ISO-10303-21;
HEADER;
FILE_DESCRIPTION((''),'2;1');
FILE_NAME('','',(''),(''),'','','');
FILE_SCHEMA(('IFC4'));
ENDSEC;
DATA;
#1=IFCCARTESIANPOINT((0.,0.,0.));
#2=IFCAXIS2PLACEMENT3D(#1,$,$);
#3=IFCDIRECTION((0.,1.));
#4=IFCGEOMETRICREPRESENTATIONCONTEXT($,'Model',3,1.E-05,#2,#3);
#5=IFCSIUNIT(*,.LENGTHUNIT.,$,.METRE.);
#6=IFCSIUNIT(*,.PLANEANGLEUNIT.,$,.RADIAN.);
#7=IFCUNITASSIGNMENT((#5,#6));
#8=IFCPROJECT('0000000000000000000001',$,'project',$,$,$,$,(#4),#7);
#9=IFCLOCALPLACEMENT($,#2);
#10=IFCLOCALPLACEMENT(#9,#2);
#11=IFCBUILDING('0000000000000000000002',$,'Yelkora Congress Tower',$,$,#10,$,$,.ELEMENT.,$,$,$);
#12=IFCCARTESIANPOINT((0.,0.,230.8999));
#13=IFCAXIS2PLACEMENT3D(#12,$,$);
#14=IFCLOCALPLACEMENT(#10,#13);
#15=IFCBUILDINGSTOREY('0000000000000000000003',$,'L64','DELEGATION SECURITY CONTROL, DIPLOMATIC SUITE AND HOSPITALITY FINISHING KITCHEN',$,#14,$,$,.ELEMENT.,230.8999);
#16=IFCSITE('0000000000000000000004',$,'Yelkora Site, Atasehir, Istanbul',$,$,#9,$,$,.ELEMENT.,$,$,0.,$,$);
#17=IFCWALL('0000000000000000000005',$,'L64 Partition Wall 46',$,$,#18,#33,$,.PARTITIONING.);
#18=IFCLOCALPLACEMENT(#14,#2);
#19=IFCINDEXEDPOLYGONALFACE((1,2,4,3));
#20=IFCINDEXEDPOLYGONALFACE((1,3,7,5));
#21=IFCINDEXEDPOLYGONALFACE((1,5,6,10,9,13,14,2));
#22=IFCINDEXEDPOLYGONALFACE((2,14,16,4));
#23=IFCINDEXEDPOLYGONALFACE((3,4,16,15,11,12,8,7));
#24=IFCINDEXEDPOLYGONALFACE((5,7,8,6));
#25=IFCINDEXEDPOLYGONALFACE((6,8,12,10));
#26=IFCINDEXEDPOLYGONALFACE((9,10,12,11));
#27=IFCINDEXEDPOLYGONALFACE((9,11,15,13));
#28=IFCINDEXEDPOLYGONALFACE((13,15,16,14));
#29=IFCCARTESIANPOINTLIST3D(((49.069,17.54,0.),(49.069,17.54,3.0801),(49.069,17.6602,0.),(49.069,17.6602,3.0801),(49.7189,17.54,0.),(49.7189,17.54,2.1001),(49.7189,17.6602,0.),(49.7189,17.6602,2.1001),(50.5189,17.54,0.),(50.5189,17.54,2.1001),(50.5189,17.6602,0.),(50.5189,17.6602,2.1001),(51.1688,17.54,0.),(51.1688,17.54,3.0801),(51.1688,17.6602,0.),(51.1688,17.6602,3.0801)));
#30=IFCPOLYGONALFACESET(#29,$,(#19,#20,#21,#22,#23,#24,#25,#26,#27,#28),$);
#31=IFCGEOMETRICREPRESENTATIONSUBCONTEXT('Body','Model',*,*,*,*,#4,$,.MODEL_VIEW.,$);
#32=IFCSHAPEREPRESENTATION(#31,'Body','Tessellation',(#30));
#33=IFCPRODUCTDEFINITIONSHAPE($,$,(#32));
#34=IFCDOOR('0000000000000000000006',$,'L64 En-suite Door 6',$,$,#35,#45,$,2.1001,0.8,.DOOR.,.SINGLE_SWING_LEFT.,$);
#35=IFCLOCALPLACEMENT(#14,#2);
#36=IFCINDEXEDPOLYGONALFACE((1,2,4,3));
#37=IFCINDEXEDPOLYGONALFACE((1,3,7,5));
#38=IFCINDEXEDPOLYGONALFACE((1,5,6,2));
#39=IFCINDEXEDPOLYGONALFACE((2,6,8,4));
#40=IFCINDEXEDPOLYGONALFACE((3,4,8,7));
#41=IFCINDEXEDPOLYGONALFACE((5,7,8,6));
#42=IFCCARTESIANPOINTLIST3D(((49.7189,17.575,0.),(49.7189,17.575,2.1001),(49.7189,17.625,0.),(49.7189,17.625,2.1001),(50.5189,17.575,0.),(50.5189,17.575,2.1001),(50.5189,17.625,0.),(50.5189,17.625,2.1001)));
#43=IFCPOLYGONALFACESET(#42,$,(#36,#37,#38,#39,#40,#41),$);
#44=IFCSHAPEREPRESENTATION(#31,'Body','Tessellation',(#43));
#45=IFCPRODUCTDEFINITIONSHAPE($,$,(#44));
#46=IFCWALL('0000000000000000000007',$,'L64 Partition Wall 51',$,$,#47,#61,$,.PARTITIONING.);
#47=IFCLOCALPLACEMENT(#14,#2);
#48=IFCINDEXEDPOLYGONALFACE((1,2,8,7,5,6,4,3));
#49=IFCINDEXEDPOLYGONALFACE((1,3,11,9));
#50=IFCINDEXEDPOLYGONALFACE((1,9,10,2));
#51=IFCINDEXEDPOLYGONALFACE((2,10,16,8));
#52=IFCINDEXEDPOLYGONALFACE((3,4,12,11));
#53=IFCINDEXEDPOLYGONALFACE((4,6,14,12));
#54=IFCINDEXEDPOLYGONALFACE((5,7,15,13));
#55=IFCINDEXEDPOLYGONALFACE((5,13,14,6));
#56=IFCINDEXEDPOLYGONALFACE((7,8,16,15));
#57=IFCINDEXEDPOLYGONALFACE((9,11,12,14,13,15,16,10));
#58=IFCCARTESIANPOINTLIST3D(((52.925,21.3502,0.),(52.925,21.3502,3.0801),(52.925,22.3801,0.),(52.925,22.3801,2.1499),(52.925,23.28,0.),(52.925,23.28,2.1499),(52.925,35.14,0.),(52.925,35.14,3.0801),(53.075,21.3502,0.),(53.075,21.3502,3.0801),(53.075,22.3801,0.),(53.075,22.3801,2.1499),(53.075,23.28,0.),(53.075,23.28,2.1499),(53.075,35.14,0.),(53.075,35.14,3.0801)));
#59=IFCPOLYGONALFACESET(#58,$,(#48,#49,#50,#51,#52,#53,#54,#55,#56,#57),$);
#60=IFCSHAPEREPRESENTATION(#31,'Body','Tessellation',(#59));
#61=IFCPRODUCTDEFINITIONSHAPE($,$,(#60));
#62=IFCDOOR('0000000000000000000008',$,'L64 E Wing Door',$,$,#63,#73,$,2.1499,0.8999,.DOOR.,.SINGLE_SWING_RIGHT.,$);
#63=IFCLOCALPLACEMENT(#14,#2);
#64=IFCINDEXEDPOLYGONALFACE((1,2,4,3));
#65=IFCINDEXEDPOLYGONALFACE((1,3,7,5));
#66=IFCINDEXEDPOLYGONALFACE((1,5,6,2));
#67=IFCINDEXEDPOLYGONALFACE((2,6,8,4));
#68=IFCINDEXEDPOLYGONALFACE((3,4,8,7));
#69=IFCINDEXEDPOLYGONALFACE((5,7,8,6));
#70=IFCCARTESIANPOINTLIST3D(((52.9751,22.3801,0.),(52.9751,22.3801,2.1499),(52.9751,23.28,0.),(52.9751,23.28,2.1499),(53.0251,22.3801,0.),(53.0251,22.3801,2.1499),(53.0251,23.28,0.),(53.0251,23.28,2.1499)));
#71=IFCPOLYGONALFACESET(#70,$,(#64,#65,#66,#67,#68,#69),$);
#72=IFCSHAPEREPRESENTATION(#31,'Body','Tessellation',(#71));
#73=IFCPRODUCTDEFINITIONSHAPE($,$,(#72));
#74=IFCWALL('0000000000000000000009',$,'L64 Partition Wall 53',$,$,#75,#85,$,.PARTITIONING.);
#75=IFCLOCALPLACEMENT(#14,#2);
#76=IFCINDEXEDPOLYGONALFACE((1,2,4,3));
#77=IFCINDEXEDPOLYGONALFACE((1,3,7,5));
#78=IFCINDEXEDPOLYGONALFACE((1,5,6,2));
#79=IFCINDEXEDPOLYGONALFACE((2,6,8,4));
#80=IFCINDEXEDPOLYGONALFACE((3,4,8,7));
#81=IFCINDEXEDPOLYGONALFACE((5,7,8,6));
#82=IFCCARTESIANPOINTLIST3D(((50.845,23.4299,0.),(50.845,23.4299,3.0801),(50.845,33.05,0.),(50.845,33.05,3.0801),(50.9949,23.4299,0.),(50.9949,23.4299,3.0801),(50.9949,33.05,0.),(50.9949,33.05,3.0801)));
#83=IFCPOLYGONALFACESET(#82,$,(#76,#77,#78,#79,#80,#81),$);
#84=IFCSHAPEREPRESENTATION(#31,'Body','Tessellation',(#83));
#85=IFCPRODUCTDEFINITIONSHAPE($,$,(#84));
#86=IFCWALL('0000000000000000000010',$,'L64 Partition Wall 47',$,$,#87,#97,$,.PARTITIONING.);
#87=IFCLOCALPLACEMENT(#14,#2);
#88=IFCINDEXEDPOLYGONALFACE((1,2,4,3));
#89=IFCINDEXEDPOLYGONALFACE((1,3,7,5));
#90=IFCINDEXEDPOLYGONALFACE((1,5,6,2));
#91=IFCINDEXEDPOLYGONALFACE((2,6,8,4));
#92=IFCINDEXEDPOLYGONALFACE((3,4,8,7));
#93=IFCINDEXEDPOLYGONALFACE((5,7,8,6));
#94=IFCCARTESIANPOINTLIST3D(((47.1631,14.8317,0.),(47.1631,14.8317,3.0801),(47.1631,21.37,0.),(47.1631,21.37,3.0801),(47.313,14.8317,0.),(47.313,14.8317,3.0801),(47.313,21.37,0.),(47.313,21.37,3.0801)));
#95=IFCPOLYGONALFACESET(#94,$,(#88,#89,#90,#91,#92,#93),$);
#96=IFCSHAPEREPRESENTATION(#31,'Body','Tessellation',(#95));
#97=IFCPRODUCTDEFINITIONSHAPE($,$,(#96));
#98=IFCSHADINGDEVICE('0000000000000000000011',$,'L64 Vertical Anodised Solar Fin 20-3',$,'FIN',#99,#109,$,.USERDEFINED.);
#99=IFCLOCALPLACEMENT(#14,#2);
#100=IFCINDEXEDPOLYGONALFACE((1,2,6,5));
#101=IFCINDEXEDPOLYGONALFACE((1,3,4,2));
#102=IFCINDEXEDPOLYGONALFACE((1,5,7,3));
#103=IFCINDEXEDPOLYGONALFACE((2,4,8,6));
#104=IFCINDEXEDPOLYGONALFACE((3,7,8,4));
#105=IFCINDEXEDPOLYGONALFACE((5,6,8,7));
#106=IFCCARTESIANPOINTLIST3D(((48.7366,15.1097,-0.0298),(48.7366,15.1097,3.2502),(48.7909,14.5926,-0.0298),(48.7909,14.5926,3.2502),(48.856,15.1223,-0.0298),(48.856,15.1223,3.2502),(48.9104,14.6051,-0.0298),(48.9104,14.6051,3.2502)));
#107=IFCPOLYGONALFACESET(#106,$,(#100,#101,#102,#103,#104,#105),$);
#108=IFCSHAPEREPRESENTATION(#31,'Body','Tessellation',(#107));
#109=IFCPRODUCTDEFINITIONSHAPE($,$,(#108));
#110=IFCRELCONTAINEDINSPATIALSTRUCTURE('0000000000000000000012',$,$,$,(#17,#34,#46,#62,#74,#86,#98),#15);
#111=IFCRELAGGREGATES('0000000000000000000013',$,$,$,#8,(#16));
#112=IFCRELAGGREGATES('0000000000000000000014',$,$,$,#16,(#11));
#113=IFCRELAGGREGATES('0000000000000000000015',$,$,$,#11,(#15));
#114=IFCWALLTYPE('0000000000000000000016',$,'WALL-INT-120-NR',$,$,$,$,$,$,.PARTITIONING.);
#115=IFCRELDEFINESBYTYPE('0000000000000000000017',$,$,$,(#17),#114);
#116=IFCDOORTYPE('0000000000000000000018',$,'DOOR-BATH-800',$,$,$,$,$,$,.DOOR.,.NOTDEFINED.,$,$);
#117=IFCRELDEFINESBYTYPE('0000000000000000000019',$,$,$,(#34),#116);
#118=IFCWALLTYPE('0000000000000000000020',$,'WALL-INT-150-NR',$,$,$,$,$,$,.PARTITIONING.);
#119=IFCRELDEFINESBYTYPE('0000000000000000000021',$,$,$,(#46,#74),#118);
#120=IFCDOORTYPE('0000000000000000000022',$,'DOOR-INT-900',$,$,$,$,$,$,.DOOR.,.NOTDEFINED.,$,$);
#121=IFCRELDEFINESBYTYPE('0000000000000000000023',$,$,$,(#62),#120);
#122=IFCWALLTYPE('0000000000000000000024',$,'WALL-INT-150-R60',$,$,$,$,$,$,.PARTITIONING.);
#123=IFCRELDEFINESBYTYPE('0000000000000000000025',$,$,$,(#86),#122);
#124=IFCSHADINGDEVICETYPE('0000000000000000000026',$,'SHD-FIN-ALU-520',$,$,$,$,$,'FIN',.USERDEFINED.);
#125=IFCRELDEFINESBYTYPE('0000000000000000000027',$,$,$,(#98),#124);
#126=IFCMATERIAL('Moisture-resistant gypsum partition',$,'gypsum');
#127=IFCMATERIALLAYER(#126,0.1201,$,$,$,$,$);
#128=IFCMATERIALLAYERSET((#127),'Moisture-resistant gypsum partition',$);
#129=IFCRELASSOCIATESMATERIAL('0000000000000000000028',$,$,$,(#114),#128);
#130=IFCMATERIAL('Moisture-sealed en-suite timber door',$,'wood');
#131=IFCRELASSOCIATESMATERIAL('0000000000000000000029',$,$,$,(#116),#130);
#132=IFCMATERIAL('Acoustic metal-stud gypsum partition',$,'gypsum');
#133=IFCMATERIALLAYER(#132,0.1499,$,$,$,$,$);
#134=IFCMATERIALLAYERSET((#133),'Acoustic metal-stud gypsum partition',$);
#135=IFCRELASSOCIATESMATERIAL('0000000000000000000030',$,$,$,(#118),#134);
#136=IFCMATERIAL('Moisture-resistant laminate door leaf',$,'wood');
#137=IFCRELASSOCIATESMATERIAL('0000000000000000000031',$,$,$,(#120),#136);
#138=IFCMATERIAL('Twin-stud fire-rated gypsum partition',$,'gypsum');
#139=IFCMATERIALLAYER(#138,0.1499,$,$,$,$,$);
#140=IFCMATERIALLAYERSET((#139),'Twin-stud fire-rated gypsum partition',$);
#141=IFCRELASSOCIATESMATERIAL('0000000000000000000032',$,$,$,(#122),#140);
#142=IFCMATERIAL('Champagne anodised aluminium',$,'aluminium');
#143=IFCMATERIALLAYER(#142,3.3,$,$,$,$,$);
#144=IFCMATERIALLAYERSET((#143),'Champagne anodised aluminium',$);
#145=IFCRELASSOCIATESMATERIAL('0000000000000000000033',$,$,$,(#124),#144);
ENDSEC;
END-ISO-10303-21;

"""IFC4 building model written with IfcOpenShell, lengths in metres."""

from ifc_helpers import new_model, si_unit, direction, frame, frame_2d, origin, origin_2d, place, context, subcontext, project, spatial, rectangle, extrude, material, layer, layer_set, type_object, element, fill, save


model = new_model("IFC4")

# Units and contexts
model_context = context("Model", 3, precision=1e-05, world=origin(), true_north=direction((0.0, 1.0)))
body_context = subcontext(model_context, "Body", "Model", "MODEL_VIEW")
ifc_project = project(units=[si_unit("LENGTHUNIT", "METRE"), si_unit("PLANEANGLEUNIT", "RADIAN")], contexts=[model_context])

# Site, building, storey
site_placement = place(None, origin())
site = spatial("IfcSite", under=ifc_project, at=site_placement, Name="Yelkora Site, Atasehir, Istanbul", CompositionType="ELEMENT", RefElevation=0.0)
building_placement = place(site_placement, origin())
building = spatial("IfcBuilding", under=site, at=building_placement, Name="Yelkora Congress Tower", CompositionType="ELEMENT")
storey_placement = place(building_placement, frame((0.0, 0.0, 230.8999)))
storey = spatial("IfcBuildingStorey", under=building, at=storey_placement, Name="L64", Description="DELEGATION SECURITY CONTROL, DIPLOMATIC SUITE AND HOSPITALITY FINISHING KITCHEN", CompositionType="ELEMENT", Elevation=230.8999)

# Shared definitions
ifc_material_1 = material(Name="Moisture-resistant gypsum partition", Category="gypsum")
ifc_layer_1 = layer(ifc_material_1, 0.1201)
ifc_layer_set_1 = layer_set([ifc_layer_1], Name="Moisture-resistant gypsum partition")
wall_type_1 = type_object("IfcWallType", Name="WALL-INT-120-NR", PredefinedType="PARTITIONING", material=ifc_layer_set_1)

# Walls, openings, doors
wall_1_placement = place(storey_placement, frame((49.0691, 17.6001, 0.0), z_axis=(0.0, 0.0, 1.0), x_axis=(1.0, 0.0, 0.0)))
wall_1 = element("IfcWall", 1, at=wall_1_placement, inside=storey, type_object=wall_type_1, Name="L64 Partition Wall 46", PredefinedType="PARTITIONING", context=body_context, shape_type="SweptSolid", body=[
    extrude(rectangle(XDim=2.0999, YDim=0.1201, at=frame_2d((1.0498, 0.0))), origin(), (0.0, 0.0, 1.0), 3.0801),
])
opening_1_placement = place(wall_1_placement, frame((0.6499, 0.0, 0.0)))
opening_1 = element("IfcOpeningElement", 2, at=opening_1_placement, cuts=wall_1, PredefinedType="OPENING", context=body_context, shape_type="SweptSolid", body=[
    extrude(rectangle(XDim=0.8, YDim=2.1001, at=frame_2d((0.3999, 1.05))), frame((0.0, 0.0701, 0.0), z_axis=(0.0, -1.0, 0.0), x_axis=(1.0, 0.0, 0.0)), (0.0, 0.0, 1.0), 0.1401),
])
ifc_material_2 = material(Name="Moisture-sealed en-suite timber door", Category="wood")
door_type_1 = type_object("IfcDoorType", Name="DOOR-BATH-800", OperationType="NOTDEFINED", PredefinedType="DOOR", material=ifc_material_2)
door_1_placement = place(opening_1_placement, origin())
door_1 = element("IfcDoor", 3, at=door_1_placement, inside=storey, type_object=door_type_1, Name="L64 En-suite Door 6", OperationType="SINGLE_SWING_LEFT", OverallHeight=2.1001, OverallWidth=0.8, PredefinedType="DOOR", context=body_context, shape_type="SweptSolid", body=[
    extrude(rectangle(XDim=0.8, YDim=2.1001, at=frame_2d((0.3999, 1.05))), frame((0.0, 0.0249, 0.0), z_axis=(0.0, -1.0, 0.0), x_axis=(1.0, 0.0, 0.0)), (0.0, 0.0, 1.0), 0.05),
])
fill(opening_1, door_1)
ifc_material_3 = material(Name="Acoustic metal-stud gypsum partition", Category="gypsum")
ifc_layer_2 = layer(ifc_material_3, 0.1499)
ifc_layer_set_2 = layer_set([ifc_layer_2], Name="Acoustic metal-stud gypsum partition")
wall_type_2 = type_object("IfcWallType", Name="WALL-INT-150-NR", PredefinedType="PARTITIONING", material=ifc_layer_set_2)
wall_2_placement = place(storey_placement, frame((53.0, 21.3501, 0.0), z_axis=(0.0, 0.0, 1.0), x_axis=(0.0, 1.0, 0.0)))
wall_2 = element("IfcWall", 4, at=wall_2_placement, inside=storey, type_object=wall_type_2, Name="L64 Partition Wall 51", PredefinedType="PARTITIONING", context=body_context, shape_type="SweptSolid", body=[
    extrude(rectangle(XDim=13.7898, YDim=0.1499, at=frame_2d((6.895, 0.0))), origin(), (0.0, 0.0, 1.0), 3.0801),
])
opening_2_placement = place(wall_2_placement, frame((1.03, 0.0, 0.0)))
opening_2 = element("IfcOpeningElement", 5, at=opening_2_placement, cuts=wall_2, PredefinedType="OPENING", context=body_context, shape_type="SweptSolid", body=[
    extrude(rectangle(XDim=0.8999, YDim=2.1499, at=frame_2d((0.45, 1.075))), frame((0.0, 0.085, 0.0), z_axis=(0.0, -1.0, 0.0), x_axis=(1.0, 0.0, 0.0)), (0.0, 0.0, 1.0), 0.1699),
])
ifc_material_4 = material(Name="Moisture-resistant laminate door leaf", Category="wood")
door_type_2 = type_object("IfcDoorType", Name="DOOR-INT-900", OperationType="NOTDEFINED", PredefinedType="DOOR", material=ifc_material_4)
door_2_placement = place(opening_2_placement, origin())
door_2 = element("IfcDoor", 6, at=door_2_placement, inside=storey, type_object=door_type_2, Name="L64 E Wing Door", OperationType="SINGLE_SWING_RIGHT", OverallHeight=2.1499, OverallWidth=0.8999, PredefinedType="DOOR", context=body_context, shape_type="SweptSolid", body=[
    extrude(rectangle(XDim=0.8999, YDim=2.1499, at=frame_2d((0.45, 1.075))), frame((0.0, 0.0249, 0.0), z_axis=(0.0, -1.0, 0.0), x_axis=(1.0, 0.0, 0.0)), (0.0, 0.0, 1.0), 0.05),
])
fill(opening_2, door_2)

# Walls
wall_3_placement = place(storey_placement, frame((50.9199, 23.4299, 0.0), z_axis=(0.0, 0.0, 1.0), x_axis=(0.0, 1.0, 0.0)))
element("IfcWall", 7, at=wall_3_placement, inside=storey, type_object=wall_type_2, Name="L64 Partition Wall 53", PredefinedType="PARTITIONING", context=body_context, shape_type="SweptSolid", body=[
    extrude(rectangle(XDim=9.6201, YDim=0.1499, at=frame_2d((4.8101, 0.0))), origin(), (0.0, 0.0, 1.0), 3.0801),
])
ifc_material_5 = material(Name="Twin-stud fire-rated gypsum partition", Category="gypsum")
ifc_layer_3 = layer(ifc_material_5, 0.1499)
ifc_layer_set_3 = layer_set([ifc_layer_3], Name="Twin-stud fire-rated gypsum partition")
wall_type_3 = type_object("IfcWallType", Name="WALL-INT-150-R60", PredefinedType="PARTITIONING", material=ifc_layer_set_3)
wall_4_placement = place(storey_placement, frame((47.238, 14.8318, 0.0), z_axis=(0.0, 0.0, 1.0), x_axis=(0.0, 1.0, 0.0)))
element("IfcWall", 8, at=wall_4_placement, inside=storey, type_object=wall_type_3, Name="L64 Partition Wall 47", PredefinedType="PARTITIONING", context=body_context, shape_type="SweptSolid", body=[
    extrude(rectangle(XDim=6.5383, YDim=0.1499, at=frame_2d((3.269, 0.0))), origin(), (0.0, 0.0, 1.0), 3.0801),
])

# Shading device
ifc_material_6 = material(Name="Champagne anodised aluminium", Category="aluminium")
ifc_layer_4 = layer(ifc_material_6, 3.3)
ifc_layer_set_4 = layer_set([ifc_layer_4], Name="Champagne anodised aluminium")
shading_device_type = type_object("IfcShadingDeviceType", Name="SHD-FIN-ALU-520", ElementType="FIN", PredefinedType="USERDEFINED", material=ifc_layer_set_4)
shading_device_placement = place(storey_placement, frame((48.8235, 14.8574, -0.0298), z_axis=(0.0, 0.0, 1.0), x_axis=(-0.994522, -0.104528, 0.0)))
element("IfcShadingDevice", 9, at=shading_device_placement, inside=storey, type_object=shading_device_type, Name="L64 Vertical Anodised Solar Fin 20-3", ObjectType="FIN", PredefinedType="USERDEFINED", context=body_context, shape_type="SweptSolid", body=[
    extrude(rectangle(XDim=0.1201, YDim=0.52, at=origin_2d()), origin(), (0.0, 0.0, 1.0), 3.28),
])

save(model, "model.ifc")
